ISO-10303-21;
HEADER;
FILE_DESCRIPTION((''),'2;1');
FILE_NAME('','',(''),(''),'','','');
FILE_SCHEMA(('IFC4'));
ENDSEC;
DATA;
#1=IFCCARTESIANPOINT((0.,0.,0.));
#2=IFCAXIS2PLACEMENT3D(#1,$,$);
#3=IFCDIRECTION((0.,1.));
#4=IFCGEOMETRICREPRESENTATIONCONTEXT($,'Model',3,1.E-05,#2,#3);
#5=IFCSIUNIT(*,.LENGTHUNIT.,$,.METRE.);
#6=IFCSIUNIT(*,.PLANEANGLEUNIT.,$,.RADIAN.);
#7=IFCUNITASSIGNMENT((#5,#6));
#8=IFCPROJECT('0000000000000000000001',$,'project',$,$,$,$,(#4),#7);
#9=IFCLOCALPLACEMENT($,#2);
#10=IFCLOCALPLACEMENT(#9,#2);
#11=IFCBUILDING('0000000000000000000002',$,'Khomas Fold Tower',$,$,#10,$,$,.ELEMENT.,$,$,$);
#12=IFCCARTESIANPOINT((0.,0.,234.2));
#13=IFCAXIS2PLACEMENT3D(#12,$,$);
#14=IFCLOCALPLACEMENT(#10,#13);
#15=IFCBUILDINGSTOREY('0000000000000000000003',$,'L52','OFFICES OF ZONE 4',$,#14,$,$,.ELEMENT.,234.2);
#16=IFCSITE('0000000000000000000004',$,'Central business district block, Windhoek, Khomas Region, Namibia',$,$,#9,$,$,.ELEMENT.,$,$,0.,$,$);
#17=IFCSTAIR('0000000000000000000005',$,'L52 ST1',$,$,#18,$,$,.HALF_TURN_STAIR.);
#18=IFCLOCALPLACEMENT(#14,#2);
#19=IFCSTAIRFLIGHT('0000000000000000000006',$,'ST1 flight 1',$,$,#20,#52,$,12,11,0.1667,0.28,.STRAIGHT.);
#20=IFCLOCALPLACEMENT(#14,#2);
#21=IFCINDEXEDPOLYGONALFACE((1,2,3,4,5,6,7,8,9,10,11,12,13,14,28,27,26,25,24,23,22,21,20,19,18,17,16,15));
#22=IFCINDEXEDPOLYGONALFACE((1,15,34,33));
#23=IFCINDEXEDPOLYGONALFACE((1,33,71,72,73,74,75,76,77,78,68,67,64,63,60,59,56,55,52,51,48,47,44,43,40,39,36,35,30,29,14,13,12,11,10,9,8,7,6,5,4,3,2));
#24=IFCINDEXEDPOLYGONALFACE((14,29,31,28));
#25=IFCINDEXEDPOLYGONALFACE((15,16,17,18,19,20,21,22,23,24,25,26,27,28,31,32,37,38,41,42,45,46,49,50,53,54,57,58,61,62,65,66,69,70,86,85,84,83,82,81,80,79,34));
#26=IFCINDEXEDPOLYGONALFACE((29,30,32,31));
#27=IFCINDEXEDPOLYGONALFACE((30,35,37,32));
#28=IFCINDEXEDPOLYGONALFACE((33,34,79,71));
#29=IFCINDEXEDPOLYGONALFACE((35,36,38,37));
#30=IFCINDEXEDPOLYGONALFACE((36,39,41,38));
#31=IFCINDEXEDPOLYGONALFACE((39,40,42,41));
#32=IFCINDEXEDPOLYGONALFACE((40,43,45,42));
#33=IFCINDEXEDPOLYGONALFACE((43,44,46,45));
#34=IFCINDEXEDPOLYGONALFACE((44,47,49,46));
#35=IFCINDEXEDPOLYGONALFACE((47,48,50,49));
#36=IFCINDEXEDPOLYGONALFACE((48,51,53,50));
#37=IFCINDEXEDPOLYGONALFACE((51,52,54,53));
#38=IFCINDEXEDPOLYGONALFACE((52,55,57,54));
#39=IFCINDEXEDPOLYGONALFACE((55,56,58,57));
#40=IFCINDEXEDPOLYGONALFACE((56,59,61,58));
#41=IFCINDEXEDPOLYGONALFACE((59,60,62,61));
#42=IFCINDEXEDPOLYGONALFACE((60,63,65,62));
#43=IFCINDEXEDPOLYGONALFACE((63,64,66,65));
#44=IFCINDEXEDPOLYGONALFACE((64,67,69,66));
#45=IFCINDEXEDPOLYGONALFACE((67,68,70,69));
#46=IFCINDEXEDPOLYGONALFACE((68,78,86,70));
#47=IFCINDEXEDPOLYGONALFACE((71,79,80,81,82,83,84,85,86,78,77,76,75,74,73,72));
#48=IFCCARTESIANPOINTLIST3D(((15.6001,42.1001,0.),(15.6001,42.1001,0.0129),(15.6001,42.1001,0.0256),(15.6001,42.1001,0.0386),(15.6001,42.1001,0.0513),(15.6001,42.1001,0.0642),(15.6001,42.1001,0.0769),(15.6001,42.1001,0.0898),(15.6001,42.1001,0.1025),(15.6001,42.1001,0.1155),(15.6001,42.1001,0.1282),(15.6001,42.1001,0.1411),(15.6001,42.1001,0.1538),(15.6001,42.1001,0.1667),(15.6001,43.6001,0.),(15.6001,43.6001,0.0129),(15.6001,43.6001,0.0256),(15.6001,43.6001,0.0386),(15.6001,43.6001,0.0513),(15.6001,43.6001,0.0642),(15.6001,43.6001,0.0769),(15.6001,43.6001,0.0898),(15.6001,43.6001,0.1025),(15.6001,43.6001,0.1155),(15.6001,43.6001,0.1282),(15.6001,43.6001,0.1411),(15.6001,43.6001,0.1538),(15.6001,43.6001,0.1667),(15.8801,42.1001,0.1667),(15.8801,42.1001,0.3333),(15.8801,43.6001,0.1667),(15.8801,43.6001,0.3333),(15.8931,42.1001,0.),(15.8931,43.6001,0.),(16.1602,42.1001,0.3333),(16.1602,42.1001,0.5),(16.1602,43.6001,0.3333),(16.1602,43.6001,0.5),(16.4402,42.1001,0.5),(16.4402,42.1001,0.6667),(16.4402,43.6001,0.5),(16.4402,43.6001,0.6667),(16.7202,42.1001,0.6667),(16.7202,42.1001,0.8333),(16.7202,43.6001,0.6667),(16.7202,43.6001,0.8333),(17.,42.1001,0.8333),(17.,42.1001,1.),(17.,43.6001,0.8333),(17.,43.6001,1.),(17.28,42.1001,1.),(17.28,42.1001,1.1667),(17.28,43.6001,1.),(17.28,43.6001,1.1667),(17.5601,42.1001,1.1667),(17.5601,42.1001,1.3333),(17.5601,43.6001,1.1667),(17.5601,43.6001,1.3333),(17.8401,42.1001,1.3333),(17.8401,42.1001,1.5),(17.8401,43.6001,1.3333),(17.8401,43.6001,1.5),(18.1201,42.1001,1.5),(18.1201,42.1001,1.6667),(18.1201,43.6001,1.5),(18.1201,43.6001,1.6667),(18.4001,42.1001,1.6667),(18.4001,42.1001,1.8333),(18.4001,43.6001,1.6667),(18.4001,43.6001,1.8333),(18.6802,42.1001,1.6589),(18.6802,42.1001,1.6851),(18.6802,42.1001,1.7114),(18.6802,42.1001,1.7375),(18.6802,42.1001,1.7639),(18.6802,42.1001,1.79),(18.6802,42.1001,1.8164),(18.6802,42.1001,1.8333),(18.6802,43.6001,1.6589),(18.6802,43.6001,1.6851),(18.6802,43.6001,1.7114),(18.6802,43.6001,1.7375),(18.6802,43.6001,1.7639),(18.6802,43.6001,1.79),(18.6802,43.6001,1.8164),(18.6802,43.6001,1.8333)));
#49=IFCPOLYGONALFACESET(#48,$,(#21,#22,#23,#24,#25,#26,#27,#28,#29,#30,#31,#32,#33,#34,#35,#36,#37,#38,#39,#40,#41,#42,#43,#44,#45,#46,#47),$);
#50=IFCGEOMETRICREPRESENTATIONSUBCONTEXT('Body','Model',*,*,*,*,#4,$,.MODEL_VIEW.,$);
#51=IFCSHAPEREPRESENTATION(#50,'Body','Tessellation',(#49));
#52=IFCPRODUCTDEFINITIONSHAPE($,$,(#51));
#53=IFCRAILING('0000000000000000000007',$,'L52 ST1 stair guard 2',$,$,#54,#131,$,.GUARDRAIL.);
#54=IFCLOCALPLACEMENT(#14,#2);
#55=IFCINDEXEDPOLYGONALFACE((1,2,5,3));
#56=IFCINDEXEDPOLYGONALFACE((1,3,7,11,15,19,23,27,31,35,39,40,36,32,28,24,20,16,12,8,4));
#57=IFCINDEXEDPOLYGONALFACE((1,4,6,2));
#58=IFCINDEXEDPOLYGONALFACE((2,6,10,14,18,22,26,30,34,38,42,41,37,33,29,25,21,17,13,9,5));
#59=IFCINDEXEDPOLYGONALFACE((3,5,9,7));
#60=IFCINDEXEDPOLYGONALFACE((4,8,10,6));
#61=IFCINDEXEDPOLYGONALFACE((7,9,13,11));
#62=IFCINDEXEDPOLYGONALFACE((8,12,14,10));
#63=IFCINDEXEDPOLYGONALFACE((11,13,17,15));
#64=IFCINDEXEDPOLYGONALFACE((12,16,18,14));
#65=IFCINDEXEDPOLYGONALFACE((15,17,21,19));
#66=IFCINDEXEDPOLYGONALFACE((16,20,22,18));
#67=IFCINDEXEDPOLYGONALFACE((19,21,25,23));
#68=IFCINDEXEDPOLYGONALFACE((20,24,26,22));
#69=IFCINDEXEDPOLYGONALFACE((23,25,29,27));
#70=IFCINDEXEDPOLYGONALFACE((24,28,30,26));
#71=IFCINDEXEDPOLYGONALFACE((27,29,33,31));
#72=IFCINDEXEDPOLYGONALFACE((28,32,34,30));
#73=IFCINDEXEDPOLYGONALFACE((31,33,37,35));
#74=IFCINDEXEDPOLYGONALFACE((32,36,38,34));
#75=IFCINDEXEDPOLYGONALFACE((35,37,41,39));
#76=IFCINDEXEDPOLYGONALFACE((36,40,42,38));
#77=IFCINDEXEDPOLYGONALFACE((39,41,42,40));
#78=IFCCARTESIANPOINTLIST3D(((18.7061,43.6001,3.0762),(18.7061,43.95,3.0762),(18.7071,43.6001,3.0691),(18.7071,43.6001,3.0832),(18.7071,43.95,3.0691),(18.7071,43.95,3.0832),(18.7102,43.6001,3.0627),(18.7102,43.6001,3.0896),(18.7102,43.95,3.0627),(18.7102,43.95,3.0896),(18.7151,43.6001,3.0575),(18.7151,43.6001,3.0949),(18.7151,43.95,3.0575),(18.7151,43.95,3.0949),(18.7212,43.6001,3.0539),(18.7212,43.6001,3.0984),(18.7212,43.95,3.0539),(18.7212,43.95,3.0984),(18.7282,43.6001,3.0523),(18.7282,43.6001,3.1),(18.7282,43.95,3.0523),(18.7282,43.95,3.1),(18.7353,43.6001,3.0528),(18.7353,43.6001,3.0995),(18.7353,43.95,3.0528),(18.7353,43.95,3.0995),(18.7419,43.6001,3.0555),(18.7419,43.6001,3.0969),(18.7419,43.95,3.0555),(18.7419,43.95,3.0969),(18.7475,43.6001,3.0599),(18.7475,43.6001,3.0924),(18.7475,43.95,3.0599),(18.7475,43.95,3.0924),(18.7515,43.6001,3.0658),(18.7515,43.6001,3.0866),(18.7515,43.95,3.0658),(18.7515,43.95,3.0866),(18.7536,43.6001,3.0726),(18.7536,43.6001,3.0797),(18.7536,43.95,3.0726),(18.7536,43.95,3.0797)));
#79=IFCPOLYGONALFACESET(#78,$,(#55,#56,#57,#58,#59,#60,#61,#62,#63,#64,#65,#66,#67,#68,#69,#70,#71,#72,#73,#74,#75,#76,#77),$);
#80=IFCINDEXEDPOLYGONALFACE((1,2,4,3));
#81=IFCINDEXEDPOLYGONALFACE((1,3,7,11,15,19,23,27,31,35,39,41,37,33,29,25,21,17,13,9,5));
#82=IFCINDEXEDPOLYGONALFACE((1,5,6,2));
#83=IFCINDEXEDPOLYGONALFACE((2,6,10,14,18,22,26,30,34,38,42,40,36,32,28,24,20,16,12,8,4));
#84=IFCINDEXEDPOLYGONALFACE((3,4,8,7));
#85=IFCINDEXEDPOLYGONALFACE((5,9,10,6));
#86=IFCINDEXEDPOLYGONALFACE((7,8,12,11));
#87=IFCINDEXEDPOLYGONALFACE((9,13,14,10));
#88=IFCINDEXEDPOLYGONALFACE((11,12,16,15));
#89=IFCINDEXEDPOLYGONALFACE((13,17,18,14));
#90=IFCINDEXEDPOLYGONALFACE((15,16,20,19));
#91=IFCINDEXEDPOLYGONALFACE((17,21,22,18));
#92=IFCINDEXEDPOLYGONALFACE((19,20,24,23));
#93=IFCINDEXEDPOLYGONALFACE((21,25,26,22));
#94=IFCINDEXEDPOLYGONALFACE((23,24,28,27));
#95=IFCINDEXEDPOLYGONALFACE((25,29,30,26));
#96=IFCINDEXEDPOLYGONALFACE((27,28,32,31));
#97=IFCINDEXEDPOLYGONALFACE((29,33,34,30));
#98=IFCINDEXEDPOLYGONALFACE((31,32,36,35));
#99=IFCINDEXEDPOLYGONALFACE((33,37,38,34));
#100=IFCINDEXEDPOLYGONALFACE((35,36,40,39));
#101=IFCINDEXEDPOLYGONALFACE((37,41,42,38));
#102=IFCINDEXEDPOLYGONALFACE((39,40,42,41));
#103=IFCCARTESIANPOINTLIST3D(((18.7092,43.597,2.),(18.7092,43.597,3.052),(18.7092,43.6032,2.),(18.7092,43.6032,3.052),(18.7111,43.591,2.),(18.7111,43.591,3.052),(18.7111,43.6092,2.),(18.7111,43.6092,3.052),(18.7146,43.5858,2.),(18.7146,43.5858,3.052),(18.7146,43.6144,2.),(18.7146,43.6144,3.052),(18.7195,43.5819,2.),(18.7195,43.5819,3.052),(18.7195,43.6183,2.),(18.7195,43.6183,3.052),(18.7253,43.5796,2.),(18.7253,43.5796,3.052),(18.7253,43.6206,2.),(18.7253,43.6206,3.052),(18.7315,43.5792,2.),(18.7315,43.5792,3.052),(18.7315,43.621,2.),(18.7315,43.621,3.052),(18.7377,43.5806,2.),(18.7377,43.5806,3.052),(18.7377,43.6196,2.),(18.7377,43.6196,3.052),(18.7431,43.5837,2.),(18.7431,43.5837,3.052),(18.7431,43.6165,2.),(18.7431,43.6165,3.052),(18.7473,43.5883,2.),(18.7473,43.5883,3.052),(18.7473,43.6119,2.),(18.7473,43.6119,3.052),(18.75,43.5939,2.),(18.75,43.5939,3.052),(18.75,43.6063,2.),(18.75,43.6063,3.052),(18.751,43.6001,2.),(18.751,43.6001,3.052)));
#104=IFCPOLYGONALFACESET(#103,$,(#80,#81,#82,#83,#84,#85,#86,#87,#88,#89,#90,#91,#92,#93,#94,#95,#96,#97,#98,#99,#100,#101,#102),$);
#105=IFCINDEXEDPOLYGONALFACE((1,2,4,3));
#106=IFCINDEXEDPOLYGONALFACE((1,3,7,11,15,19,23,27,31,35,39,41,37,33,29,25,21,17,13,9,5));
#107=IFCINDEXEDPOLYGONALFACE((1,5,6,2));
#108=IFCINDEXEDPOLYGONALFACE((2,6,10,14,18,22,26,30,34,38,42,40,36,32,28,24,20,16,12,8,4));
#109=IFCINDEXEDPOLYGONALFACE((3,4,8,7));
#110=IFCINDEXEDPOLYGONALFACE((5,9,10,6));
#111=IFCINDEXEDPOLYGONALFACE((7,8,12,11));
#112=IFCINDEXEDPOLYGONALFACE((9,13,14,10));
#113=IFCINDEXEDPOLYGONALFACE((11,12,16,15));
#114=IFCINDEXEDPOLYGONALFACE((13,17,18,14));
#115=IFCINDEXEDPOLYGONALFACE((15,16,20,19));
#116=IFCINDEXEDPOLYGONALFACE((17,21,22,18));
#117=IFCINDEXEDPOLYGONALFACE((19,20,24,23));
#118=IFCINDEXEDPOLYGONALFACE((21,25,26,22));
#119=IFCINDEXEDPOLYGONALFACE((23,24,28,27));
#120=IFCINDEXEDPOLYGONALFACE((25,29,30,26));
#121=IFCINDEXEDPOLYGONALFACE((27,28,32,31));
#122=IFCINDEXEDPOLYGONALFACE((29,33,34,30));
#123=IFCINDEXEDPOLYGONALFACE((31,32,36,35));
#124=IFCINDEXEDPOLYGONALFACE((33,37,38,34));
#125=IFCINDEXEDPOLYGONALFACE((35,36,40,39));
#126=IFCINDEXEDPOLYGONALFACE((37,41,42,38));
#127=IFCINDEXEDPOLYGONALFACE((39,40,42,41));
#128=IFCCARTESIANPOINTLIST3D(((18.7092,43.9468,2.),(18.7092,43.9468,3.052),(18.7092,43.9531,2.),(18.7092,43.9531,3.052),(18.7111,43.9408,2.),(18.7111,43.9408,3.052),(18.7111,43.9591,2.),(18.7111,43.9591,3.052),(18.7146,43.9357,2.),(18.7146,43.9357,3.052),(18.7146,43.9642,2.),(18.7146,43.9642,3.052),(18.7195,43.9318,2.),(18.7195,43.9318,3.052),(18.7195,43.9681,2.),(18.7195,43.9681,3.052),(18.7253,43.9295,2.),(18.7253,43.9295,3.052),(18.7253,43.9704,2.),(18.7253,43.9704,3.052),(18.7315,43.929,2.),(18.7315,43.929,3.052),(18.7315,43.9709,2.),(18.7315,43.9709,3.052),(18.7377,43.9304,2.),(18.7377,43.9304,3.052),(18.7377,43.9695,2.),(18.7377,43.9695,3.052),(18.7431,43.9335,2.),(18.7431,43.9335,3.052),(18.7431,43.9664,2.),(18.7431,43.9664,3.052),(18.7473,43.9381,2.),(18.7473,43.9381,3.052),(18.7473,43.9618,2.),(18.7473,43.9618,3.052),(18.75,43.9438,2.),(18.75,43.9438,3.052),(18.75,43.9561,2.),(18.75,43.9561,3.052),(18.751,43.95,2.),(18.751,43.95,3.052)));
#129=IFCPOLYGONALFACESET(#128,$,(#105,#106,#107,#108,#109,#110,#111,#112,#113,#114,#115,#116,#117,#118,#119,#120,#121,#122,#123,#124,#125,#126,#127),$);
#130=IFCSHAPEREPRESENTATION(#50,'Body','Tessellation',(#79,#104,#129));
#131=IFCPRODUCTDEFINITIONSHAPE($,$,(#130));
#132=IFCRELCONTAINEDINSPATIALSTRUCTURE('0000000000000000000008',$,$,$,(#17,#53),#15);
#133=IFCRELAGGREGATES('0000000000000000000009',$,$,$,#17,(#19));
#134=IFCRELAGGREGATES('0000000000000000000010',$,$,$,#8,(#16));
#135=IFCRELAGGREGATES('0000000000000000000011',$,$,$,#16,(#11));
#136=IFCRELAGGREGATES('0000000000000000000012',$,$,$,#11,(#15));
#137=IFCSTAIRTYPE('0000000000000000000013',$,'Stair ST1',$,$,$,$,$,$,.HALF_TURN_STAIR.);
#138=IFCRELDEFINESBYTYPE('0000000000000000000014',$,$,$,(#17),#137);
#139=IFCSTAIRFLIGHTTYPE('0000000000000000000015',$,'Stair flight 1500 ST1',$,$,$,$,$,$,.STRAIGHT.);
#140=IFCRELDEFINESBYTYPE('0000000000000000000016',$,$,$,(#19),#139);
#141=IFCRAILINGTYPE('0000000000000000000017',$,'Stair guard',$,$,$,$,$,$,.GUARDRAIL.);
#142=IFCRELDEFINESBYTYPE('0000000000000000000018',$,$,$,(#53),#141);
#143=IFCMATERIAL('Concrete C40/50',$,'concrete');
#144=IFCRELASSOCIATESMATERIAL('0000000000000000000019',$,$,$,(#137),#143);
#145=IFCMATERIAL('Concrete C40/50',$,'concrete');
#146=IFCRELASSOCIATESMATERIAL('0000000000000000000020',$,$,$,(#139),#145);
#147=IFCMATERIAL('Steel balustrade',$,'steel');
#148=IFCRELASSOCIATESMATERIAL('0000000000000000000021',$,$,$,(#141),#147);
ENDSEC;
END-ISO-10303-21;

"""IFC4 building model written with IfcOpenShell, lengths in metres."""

from ifc_helpers import new_model, si_unit, direction, frame, origin, origin_2d, place, context, subcontext, project, spatial, polyline, circle, outline, extrude, source, transform, mapped, material, type_object, element, aggregate, save


model = new_model("IFC4")

# Units and contexts
model_context = context("Model", 3, precision=1e-05, world=origin(), true_north=direction((0.0, 1.0)))
body_context = subcontext(model_context, "Body", "Model", "MODEL_VIEW")
ifc_project = project(units=[si_unit("LENGTHUNIT", "METRE"), si_unit("PLANEANGLEUNIT", "RADIAN")], contexts=[model_context])

# Site, building, storey
site_placement = place(None, origin())
site = spatial("IfcSite", under=ifc_project, at=site_placement, Name="Central business district block, Windhoek, Khomas Region, Namibia", CompositionType="ELEMENT", RefElevation=0.0)
building_placement = place(site_placement, origin())
building = spatial("IfcBuilding", under=site, at=building_placement, Name="Khomas Fold Tower", CompositionType="ELEMENT")
storey_placement = place(building_placement, frame((0.0, 0.0, 234.2)))
storey = spatial("IfcBuildingStorey", under=building, at=storey_placement, Name="L52", Description="OFFICES OF ZONE 4", CompositionType="ELEMENT", Elevation=234.2)

# Stair, stair flight
ifc_material_1 = material(Name="Concrete C40/50", Category="concrete")
stair_type = type_object("IfcStairType", Name="Stair ST1", PredefinedType="HALF_TURN_STAIR", material=ifc_material_1)
stair_placement = place(storey_placement, origin())
stair = element("IfcStair", 1, at=stair_placement, inside=storey, type_object=stair_type, Name="L52 ST1", PredefinedType="HALF_TURN_STAIR")
ifc_material_2 = material(Name="Concrete C40/50", Category="concrete")
stair_flight_type = type_object("IfcStairFlightType", Name="Stair flight 1500 ST1", PredefinedType="STRAIGHT", material=ifc_material_2)
shared_shape_1 = source(origin(), body_context, "Body", "SweptSolid", [
    extrude(outline(polyline([(0.0, 0.0), (0.0, 0.0129), (0.0, 0.0256), (0.0, 0.0386), (0.0, 0.0513), (0.0, 0.0642), (0.0, 0.0769), (0.0, 0.0898), (0.0, 0.1025), (0.0, 0.1155), (0.0, 0.1282), (0.0, 0.1411), (0.0, 0.1538), (0.0, 0.1667), (0.28, 0.1667), (0.28, 0.3333), (0.5601, 0.3333), (0.5601, 0.5), (0.8401, 0.5), (0.8401, 0.6667), (1.1201, 0.6667), (1.1201, 0.8333), (1.3999, 0.8333), (1.3999, 1.0), (1.6799, 1.0), (1.6799, 1.1667), (1.96, 1.1667), (1.96, 1.3333), (2.24, 1.3333), (2.24, 1.5), (2.52, 1.5), (2.52, 1.6667), (2.8, 1.6667), (2.8, 1.8333), (3.0801, 1.8333), (3.0801, 2.0), (3.0801, 1.9739), (3.0801, 1.9475), (3.0801, 1.9214), (3.0801, 1.895), (3.0801, 1.8689), (3.0801, 1.8425), (3.0801, 1.8164), (3.0801, 1.79), (3.0801, 1.7639), (3.0801, 1.7375), (3.0801, 1.7114), (3.0801, 1.6851), (3.0801, 1.6589), (0.293, 0.0), (0.0, 0.0)])), frame((0.0, 0.75, 0.0), z_axis=(0.0, -1.0, 0.0), x_axis=(1.0, 0.0, 0.0)), (0.0, 0.0, 1.0), 1.5),
])
stair_flight_placement = place(storey_placement, frame((15.6001, 42.8501, 0.0), z_axis=(0.0, 0.0, 1.0), x_axis=(1.0, 0.0, 0.0)))
stair_flight = element("IfcStairFlight", 2, at=stair_flight_placement, type_object=stair_flight_type, Name="ST1 flight 1", NumberOfRisers=12, NumberOfTreads=11, PredefinedType="STRAIGHT", RiserHeight=0.1667, TreadLength=0.28, context=body_context, shape_type="MappedRepresentation", body=[
    mapped(shared_shape_1, transform((0.0, 0.0, 0.0))),
])
aggregate(stair, [stair_flight])

# Railing
ifc_material_3 = material(Name="Steel balustrade", Category="steel")
railing_type_1 = type_object("IfcRailingType", Name="Stair guard", PredefinedType="GUARDRAIL", material=ifc_material_3)
shared_shape_2 = source(origin(), body_context, "Body", "SweptSolid", [
    extrude(circle(Radius=0.0239, at=origin_2d()), frame((0.0, 0.0, 1.0762), z_axis=(0.0, 1.0, 0.0), x_axis=(-1.0, 0.0, 0.0)), (0.0, 0.0, 1.0), 0.3499),
    extrude(circle(Radius=0.021, at=origin_2d()), origin(), (0.0, 0.0, 1.0), 1.052),
    extrude(circle(Radius=0.021, at=origin_2d()), frame((0.0, 0.3499, 0.0)), (0.0, 0.0, 1.0), 1.052),
])
for number, where, name in (
    (3, (18.73, 43.6001, 2.0), "L52 ST1 stair guard 2"),
):
    element("IfcRailing", number, at=place(storey_placement, frame(where)), inside=storey, type_object=railing_type_1, Name=name, PredefinedType="GUARDRAIL", context=body_context, shape_type="MappedRepresentation", body=[
        mapped(shared_shape_2, transform((0.0, 0.0, 0.0))),
    ])

save(model, "model.ifc")
